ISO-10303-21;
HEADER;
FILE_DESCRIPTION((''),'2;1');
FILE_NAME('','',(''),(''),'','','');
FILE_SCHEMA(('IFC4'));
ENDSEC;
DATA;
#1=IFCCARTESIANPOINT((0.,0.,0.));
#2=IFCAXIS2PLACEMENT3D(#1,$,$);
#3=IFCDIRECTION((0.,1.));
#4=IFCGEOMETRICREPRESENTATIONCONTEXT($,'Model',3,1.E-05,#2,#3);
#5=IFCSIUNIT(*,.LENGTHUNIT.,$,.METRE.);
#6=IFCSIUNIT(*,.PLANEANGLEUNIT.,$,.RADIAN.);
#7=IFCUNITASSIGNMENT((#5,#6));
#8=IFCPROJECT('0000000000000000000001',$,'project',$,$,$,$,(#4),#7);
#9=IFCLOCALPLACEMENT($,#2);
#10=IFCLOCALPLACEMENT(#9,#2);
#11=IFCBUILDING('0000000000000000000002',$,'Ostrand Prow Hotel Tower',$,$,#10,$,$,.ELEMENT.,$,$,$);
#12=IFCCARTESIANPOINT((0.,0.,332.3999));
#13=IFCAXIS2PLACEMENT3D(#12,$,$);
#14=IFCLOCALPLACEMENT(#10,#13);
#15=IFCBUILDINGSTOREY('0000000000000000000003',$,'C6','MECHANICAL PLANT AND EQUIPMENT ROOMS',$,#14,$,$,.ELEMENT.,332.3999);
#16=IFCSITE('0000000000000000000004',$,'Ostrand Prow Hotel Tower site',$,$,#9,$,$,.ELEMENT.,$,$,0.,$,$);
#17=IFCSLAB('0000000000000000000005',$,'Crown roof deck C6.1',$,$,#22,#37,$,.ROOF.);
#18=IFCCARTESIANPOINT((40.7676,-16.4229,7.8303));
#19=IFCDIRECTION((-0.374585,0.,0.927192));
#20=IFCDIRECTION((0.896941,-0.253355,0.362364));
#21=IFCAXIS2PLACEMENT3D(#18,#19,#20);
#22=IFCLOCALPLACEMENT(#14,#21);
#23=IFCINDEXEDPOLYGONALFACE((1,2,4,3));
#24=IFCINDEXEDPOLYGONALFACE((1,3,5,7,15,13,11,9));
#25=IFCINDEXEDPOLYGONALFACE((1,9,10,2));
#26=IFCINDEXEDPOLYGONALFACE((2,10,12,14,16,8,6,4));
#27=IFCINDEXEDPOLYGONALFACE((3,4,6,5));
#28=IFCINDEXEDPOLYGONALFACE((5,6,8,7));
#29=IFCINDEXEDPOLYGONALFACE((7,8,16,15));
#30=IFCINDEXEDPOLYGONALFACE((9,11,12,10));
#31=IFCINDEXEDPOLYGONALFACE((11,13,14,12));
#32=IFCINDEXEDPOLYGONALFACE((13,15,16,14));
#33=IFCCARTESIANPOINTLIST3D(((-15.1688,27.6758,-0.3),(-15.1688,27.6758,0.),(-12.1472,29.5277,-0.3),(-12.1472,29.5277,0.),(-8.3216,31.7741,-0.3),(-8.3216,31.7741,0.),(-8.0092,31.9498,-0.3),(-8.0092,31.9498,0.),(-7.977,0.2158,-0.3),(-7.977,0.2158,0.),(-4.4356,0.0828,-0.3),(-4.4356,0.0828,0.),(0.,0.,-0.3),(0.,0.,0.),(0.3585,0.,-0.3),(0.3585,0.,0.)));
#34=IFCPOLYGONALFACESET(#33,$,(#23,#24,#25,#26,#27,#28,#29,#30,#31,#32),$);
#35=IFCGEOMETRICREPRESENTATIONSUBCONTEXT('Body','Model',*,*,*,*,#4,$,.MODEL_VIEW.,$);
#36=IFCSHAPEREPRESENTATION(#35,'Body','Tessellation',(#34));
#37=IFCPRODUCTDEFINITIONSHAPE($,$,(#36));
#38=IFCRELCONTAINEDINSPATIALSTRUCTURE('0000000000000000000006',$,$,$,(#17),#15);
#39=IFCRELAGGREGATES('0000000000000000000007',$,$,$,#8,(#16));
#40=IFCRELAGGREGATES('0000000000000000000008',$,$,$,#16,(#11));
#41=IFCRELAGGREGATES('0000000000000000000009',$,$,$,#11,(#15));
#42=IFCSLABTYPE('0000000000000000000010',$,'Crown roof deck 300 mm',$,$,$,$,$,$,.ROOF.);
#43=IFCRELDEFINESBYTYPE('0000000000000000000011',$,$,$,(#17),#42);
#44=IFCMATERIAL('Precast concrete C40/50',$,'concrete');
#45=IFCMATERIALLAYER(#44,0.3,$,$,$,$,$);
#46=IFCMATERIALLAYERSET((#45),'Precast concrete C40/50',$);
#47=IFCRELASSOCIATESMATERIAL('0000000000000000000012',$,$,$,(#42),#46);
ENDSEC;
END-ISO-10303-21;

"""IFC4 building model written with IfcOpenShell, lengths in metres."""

from ifc_helpers import new_model, si_unit, direction, frame, origin, place, context, subcontext, project, spatial, polyline, outline, extrude, material, layer, layer_set, type_object, element, save


model = new_model("IFC4")

# Units and contexts
model_context = context("Model", 3, precision=1e-05, world=origin(), true_north=direction((0.0, 1.0)))
body_context = subcontext(model_context, "Body", "Model", "MODEL_VIEW")
ifc_project = project(units=[si_unit("LENGTHUNIT", "METRE"), si_unit("PLANEANGLEUNIT", "RADIAN")], contexts=[model_context])

# Site, building, storey
site_placement = place(None, origin())
site = spatial("IfcSite", under=ifc_project, at=site_placement, Name="Ostrand Prow Hotel Tower site", CompositionType="ELEMENT", RefElevation=0.0)
building_placement = place(site_placement, origin())
building = spatial("IfcBuilding", under=site, at=building_placement, Name="Ostrand Prow Hotel Tower", CompositionType="ELEMENT")
storey_placement = place(building_placement, frame((0.0, 0.0, 332.3999)))
storey = spatial("IfcBuildingStorey", under=building, at=storey_placement, Name="C6", Description="MECHANICAL PLANT AND EQUIPMENT ROOMS", CompositionType="ELEMENT", Elevation=332.3999)

# Slab
ifc_material_1 = material(Name="Precast concrete C40/50", Category="concrete")
ifc_layer_1 = layer(ifc_material_1, 0.3)
ifc_layer_set_1 = layer_set([ifc_layer_1], Name="Precast concrete C40/50")
slab_type = type_object("IfcSlabType", Name="Crown roof deck 300 mm", PredefinedType="ROOF", material=ifc_layer_set_1)
slab_placement = place(storey_placement, frame((40.7676, -16.4229, 7.8303), z_axis=(-0.374585, 0.0, 0.927192), x_axis=(0.896941, -0.253355, 0.362364)))
element("IfcSlab", 1, at=slab_placement, inside=storey, type_object=slab_type, Name="Crown roof deck C6.1", PredefinedType="ROOF", context=body_context, shape_type="SweptSolid", body=[
    extrude(outline(polyline([(0.0, 0.0), (0.3585, 0.0), (-8.0092, 31.9498), (-8.3216, 31.7741), (-12.1472, 29.5277), (-15.1688, 27.6758), (-7.977, 0.2158), (-4.4356, 0.0828), (0.0, 0.0)])), origin(), (0.0, 0.0, -1.0), 0.3),
])

save(model, "model.ifc")
